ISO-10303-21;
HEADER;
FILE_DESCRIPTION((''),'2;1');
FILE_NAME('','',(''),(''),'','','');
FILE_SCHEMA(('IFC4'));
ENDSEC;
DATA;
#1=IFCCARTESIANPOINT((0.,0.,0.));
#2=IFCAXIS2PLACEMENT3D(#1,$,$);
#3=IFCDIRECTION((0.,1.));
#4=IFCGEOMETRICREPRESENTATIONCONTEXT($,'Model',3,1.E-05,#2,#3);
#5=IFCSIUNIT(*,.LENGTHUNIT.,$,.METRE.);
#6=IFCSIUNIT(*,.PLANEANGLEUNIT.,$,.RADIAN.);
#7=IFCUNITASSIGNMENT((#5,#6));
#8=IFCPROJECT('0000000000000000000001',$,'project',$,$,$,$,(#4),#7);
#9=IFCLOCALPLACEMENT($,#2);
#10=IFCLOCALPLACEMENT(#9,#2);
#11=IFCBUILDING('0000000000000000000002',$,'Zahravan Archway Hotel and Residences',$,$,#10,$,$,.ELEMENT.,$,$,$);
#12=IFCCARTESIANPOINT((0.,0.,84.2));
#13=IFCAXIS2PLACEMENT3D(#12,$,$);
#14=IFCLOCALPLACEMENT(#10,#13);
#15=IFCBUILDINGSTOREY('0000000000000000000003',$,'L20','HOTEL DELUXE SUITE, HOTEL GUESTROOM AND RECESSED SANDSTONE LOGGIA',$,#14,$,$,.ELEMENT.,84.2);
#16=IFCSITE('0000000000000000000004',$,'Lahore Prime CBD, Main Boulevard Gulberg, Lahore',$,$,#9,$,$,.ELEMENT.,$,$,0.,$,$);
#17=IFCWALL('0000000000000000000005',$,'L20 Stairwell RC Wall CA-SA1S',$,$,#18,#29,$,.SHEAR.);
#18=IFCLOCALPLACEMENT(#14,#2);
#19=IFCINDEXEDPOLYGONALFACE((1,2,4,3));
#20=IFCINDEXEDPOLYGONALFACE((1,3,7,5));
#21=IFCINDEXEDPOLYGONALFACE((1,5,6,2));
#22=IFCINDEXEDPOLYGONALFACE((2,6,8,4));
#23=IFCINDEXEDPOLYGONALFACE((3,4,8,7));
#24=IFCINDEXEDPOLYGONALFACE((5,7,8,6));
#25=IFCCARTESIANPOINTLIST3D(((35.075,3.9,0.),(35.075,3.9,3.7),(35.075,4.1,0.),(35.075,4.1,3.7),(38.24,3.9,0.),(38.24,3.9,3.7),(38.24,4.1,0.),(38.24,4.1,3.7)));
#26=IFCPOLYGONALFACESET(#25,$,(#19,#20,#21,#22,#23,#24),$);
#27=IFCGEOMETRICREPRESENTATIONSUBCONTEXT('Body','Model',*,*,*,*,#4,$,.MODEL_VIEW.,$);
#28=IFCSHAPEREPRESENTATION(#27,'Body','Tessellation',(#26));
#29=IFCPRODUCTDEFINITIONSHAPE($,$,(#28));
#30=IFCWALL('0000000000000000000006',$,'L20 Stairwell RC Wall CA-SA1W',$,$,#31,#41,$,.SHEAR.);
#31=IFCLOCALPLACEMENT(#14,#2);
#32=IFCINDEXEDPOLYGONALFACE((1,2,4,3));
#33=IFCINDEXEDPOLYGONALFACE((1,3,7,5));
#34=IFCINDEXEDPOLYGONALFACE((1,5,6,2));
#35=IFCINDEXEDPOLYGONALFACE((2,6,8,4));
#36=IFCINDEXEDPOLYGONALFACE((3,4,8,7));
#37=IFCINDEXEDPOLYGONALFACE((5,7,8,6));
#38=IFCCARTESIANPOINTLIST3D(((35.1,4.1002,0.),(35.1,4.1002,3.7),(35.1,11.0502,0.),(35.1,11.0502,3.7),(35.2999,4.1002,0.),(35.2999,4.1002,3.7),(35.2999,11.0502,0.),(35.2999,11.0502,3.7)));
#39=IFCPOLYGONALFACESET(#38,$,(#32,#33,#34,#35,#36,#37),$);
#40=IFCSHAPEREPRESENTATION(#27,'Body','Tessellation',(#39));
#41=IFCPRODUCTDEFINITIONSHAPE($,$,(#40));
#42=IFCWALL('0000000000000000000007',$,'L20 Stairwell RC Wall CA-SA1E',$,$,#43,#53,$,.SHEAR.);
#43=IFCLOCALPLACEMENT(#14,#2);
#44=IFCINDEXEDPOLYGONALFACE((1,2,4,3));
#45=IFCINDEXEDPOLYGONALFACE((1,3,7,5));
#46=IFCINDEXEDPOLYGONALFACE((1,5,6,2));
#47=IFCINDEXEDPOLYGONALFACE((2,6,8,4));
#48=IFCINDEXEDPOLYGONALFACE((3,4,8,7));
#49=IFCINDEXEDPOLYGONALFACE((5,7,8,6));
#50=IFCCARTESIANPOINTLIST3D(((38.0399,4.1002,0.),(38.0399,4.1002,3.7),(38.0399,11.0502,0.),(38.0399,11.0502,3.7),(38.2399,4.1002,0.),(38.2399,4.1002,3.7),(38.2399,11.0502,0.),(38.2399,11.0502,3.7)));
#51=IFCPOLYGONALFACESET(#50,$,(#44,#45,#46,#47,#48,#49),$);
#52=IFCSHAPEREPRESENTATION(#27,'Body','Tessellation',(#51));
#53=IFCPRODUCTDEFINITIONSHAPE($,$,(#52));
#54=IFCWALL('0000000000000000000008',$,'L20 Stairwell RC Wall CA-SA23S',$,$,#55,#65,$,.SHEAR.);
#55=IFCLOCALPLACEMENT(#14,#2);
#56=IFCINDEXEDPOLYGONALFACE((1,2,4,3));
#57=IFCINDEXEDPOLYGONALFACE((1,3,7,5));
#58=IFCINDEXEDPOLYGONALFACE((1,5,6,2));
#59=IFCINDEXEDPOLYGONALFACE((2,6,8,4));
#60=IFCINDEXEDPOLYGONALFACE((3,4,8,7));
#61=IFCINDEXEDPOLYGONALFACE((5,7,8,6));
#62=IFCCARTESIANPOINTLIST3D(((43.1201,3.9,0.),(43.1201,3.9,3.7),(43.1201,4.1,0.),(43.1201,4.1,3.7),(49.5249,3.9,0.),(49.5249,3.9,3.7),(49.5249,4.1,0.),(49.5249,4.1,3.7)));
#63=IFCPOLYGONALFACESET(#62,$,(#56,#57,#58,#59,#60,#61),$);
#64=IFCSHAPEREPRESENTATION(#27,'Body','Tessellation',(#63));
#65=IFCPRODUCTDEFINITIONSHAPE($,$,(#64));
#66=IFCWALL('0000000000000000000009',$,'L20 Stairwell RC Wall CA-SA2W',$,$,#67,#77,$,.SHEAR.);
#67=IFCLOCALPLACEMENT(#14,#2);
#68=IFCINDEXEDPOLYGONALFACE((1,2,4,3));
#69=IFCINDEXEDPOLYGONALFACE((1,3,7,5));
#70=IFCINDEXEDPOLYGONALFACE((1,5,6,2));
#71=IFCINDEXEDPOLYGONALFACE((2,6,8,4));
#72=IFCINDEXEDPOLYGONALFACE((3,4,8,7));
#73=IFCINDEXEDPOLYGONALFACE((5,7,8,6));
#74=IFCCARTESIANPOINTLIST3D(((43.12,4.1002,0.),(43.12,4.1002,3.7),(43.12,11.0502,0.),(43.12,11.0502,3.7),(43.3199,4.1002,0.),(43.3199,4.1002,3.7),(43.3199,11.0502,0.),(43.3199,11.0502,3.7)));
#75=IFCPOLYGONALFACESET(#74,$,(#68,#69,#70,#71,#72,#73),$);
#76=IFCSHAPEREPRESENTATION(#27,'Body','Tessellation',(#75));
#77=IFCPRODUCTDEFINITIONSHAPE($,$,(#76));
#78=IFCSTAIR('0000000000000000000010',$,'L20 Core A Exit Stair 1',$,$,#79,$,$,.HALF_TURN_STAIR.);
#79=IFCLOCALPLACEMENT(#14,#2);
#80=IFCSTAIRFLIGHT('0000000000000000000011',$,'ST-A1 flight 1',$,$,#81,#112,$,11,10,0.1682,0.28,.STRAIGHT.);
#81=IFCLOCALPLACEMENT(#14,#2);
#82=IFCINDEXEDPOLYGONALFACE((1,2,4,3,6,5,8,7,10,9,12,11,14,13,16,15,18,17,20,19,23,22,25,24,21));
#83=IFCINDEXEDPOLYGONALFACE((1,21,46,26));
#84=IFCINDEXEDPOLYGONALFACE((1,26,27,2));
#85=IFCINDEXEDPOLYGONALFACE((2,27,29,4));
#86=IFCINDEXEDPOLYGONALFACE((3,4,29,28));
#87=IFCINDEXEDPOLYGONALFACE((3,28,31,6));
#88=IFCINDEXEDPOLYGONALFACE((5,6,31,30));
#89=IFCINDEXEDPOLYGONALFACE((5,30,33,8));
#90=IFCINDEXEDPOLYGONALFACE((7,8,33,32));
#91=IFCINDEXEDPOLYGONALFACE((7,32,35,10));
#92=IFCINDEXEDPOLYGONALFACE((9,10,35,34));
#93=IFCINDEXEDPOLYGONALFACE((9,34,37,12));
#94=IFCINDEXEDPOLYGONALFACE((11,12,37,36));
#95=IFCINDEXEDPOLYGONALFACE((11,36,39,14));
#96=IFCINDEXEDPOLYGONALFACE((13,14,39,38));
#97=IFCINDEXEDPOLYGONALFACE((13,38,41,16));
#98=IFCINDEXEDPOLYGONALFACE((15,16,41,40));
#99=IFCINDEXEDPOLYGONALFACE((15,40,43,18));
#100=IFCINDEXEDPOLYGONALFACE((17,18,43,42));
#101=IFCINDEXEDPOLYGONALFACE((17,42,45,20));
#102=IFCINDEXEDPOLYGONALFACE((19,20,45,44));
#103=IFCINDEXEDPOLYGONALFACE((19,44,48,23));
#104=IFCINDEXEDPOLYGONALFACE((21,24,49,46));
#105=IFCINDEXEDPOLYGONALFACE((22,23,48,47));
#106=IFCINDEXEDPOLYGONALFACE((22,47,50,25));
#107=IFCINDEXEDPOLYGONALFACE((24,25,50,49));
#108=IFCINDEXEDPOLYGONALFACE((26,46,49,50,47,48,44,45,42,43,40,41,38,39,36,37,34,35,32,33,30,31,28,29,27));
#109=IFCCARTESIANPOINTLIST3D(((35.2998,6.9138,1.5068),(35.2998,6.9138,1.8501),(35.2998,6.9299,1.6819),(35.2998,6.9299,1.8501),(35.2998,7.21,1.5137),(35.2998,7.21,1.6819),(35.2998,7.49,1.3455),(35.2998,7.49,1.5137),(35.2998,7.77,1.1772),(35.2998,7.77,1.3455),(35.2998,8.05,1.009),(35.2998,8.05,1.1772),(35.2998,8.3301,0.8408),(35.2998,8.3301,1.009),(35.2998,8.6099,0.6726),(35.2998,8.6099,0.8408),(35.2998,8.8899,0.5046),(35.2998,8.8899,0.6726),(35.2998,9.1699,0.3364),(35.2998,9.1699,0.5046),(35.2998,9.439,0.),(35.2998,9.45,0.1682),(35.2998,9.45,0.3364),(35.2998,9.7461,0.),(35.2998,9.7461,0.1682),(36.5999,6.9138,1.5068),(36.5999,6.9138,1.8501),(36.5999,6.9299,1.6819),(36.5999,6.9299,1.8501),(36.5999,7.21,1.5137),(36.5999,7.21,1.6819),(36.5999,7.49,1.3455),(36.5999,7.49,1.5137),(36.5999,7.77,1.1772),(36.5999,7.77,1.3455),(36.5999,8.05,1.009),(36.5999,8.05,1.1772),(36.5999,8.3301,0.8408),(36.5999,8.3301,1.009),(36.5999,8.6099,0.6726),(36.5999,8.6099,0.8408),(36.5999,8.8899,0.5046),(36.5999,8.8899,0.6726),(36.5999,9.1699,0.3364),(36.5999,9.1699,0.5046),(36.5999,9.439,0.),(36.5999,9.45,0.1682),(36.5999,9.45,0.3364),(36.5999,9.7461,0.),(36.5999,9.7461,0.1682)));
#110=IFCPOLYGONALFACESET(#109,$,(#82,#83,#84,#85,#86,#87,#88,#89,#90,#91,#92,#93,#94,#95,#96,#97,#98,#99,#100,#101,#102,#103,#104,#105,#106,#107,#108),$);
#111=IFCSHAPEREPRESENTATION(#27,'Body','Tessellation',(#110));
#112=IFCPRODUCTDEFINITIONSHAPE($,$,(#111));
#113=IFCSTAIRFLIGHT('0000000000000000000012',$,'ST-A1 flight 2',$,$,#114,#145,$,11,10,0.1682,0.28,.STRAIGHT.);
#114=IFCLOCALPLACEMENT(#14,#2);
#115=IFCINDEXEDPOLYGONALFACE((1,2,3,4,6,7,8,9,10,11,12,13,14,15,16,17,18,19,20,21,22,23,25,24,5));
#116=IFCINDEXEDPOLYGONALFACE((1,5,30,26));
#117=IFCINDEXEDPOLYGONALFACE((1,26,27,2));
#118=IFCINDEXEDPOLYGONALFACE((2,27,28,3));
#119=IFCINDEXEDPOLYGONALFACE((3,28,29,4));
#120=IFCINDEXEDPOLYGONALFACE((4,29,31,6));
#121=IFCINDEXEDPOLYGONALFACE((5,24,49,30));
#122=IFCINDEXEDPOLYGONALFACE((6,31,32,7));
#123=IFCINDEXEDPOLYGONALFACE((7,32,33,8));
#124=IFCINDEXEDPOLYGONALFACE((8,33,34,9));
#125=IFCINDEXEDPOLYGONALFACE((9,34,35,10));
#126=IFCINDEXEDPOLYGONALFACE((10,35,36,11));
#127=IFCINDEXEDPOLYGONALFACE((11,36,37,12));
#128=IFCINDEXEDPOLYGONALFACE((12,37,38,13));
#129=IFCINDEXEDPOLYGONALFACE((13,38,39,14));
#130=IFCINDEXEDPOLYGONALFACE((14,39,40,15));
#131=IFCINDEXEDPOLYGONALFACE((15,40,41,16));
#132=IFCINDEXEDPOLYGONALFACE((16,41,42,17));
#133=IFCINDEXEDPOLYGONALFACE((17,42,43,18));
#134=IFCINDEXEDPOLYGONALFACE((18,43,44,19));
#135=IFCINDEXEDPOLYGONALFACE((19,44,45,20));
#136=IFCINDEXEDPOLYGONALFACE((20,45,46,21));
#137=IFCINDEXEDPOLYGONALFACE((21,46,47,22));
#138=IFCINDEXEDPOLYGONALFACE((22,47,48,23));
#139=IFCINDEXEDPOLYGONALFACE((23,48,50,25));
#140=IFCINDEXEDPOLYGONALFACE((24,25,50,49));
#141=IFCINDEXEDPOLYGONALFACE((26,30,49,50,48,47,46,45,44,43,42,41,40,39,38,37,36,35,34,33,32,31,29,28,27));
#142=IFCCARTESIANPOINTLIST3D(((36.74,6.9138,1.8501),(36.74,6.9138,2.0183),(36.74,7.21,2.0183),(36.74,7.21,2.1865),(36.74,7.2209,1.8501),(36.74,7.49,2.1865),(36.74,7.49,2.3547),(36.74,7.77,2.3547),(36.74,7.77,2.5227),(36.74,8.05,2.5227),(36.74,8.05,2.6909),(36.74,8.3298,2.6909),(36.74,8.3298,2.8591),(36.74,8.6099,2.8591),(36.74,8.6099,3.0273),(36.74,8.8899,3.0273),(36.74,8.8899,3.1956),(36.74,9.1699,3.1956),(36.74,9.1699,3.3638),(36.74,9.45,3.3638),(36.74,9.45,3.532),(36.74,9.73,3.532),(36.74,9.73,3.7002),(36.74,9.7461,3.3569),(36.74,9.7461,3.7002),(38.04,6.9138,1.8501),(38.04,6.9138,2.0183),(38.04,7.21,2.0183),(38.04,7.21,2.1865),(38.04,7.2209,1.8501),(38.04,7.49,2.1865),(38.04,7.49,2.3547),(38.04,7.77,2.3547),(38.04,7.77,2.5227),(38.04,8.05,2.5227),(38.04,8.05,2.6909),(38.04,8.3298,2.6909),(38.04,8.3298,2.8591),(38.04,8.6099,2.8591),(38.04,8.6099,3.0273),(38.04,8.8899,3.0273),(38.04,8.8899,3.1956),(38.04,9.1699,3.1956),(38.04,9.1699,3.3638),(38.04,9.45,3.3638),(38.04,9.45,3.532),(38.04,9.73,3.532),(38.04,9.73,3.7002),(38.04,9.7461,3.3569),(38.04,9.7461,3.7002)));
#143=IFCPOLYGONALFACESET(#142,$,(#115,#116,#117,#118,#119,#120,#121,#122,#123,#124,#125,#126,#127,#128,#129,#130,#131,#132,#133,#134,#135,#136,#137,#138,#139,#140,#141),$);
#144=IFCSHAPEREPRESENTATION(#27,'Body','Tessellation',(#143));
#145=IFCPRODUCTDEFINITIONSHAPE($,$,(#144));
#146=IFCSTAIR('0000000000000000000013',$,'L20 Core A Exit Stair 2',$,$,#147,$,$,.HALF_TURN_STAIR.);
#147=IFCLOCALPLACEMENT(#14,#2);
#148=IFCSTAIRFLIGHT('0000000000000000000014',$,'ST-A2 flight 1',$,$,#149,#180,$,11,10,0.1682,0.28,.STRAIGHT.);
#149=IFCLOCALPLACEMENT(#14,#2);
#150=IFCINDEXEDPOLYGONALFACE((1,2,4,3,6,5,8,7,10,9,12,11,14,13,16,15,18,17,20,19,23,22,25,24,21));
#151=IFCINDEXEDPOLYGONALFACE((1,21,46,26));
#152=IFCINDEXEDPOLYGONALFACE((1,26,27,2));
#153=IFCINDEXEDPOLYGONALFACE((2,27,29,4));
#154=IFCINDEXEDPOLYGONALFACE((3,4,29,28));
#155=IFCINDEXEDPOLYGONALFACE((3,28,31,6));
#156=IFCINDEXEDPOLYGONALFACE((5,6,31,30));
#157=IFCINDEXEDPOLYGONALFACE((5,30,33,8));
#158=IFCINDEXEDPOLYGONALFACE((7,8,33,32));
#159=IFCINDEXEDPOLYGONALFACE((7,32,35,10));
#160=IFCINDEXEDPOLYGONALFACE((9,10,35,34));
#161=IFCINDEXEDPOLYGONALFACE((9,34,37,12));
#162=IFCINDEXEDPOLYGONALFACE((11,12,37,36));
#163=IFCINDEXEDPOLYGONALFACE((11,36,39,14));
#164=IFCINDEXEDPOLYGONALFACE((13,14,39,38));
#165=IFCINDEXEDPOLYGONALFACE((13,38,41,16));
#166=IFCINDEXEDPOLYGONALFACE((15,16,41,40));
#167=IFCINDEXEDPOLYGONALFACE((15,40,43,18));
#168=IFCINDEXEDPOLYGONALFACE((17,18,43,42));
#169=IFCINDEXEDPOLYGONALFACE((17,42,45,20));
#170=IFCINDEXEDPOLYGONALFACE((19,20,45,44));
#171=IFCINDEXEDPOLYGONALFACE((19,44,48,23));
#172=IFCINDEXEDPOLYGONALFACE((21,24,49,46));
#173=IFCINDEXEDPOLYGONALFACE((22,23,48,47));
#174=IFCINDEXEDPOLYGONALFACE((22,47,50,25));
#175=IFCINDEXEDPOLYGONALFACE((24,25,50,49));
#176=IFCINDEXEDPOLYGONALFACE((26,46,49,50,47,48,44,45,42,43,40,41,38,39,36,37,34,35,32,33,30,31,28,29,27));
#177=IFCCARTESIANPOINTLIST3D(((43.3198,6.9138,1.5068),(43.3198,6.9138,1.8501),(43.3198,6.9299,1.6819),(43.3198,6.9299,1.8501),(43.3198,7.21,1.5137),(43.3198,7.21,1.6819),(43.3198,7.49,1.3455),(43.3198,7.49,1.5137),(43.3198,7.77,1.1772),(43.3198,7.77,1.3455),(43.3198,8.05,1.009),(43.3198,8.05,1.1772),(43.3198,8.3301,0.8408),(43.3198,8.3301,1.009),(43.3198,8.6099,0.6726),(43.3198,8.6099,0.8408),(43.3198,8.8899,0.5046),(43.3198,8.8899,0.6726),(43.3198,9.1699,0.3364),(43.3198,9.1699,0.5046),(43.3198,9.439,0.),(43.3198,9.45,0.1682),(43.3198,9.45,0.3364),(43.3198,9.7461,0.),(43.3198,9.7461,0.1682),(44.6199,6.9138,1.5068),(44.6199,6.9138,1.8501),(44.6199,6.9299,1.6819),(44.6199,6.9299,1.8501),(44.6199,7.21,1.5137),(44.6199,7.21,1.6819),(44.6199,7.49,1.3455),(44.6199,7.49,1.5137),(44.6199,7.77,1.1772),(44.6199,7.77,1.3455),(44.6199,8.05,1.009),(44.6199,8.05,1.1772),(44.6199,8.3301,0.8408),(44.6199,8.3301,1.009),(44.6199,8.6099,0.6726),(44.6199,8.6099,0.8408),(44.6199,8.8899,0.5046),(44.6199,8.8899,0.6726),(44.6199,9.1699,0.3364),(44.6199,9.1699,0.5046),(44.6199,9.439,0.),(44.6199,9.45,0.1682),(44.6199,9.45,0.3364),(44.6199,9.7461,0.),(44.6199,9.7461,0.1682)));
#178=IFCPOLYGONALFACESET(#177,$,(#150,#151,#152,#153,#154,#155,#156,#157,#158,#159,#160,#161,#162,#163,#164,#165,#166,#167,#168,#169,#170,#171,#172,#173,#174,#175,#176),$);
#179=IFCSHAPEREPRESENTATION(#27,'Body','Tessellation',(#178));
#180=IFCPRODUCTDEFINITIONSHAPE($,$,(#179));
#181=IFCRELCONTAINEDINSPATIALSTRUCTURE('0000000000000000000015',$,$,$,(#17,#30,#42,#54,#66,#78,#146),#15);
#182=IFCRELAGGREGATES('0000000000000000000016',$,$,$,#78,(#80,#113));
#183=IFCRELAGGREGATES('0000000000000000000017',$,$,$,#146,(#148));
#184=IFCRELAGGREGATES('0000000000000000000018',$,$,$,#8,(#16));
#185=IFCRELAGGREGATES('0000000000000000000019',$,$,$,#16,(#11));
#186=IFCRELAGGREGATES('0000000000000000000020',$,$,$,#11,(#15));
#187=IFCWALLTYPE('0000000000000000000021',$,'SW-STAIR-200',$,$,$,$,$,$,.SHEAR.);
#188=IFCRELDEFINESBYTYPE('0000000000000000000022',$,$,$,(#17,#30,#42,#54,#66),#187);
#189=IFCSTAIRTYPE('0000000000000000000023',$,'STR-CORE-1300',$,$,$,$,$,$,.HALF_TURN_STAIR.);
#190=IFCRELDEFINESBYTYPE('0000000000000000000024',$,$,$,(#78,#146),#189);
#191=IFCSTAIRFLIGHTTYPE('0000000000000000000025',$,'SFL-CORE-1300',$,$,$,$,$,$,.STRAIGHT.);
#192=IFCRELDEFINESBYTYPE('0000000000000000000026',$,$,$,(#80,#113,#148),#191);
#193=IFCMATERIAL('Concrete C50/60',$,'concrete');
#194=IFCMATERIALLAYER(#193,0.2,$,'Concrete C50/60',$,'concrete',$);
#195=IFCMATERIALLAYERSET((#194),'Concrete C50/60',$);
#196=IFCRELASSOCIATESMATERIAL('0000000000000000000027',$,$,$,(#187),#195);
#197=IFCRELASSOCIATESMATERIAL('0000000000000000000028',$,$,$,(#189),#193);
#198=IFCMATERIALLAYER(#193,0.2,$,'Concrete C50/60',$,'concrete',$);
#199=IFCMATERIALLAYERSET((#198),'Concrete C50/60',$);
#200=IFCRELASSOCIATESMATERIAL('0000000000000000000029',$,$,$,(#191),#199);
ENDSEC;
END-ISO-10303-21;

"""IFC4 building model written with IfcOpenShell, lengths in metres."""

from ifc_helpers import new_model, si_unit, direction, frame, frame_2d, origin, place, context, subcontext, project, spatial, polyline, rectangle, outline, extrude, source, transform, mapped, material, layer, layer_set, type_object, element, aggregate, save


model = new_model("IFC4")

# Units and contexts
model_context = context("Model", 3, precision=1e-05, world=origin(), true_north=direction((0.0, 1.0)))
body_context = subcontext(model_context, "Body", "Model", "MODEL_VIEW")
ifc_project = project(units=[si_unit("LENGTHUNIT", "METRE"), si_unit("PLANEANGLEUNIT", "RADIAN")], contexts=[model_context])

# Site, building, storey
site_placement = place(None, origin())
site = spatial("IfcSite", under=ifc_project, at=site_placement, Name="Lahore Prime CBD, Main Boulevard Gulberg, Lahore", CompositionType="ELEMENT", RefElevation=0.0)
building_placement = place(site_placement, origin())
building = spatial("IfcBuilding", under=site, at=building_placement, Name="Zahravan Archway Hotel and Residences", CompositionType="ELEMENT")
storey_placement = place(building_placement, frame((0.0, 0.0, 84.2)))
storey = spatial("IfcBuildingStorey", under=building, at=storey_placement, Name="L20", Description="HOTEL DELUXE SUITE, HOTEL GUESTROOM AND RECESSED SANDSTONE LOGGIA", CompositionType="ELEMENT", Elevation=84.2)

# Walls
ifc_material_1 = material(Name="Concrete C50/60", Category="concrete")
ifc_layer_1 = layer(ifc_material_1, 0.2, Name="Concrete C50/60", Category="concrete")
ifc_layer_set_1 = layer_set([ifc_layer_1], Name="Concrete C50/60")
wall_type_1 = type_object("IfcWallType", Name="SW-STAIR-200", PredefinedType="SHEAR", material=ifc_layer_set_1)
wall_1_placement = place(storey_placement, frame((35.075, 4.0, 0.0), z_axis=(0.0, 0.0, 1.0), x_axis=(1.0, 0.0, 0.0)))
element("IfcWall", 1, at=wall_1_placement, inside=storey, type_object=wall_type_1, Name="L20 Stairwell RC Wall CA-SA1S", PredefinedType="SHEAR", context=body_context, shape_type="SweptSolid", body=[
    extrude(rectangle(XDim=3.165, YDim=0.2, at=frame_2d((1.5825, 0.0))), origin(), (0.0, 0.0, 1.0), 3.7),
])
for number, where, z_axis, x_axis, name in (
    (2, (35.2, 4.1001, 0.0), (0.0, 0.0, 1.0), (0.0, 1.0, 0.0), "L20 Stairwell RC Wall CA-SA1W"),
    (3, (38.1399, 4.1001, 0.0), (0.0, 0.0, 1.0), (0.0, 1.0, 0.0), "L20 Stairwell RC Wall CA-SA1E"),
):
    element("IfcWall", number, at=place(storey_placement, frame(where, z_axis=z_axis, x_axis=x_axis)), inside=storey, type_object=wall_type_1, Name=name, PredefinedType="SHEAR", context=body_context, shape_type="SweptSolid", body=[
        extrude(rectangle(XDim=6.95, YDim=0.2, at=frame_2d((3.4751, 0.0))), origin(), (0.0, 0.0, 1.0), 3.7),
    ])
wall_2_placement = place(storey_placement, frame((43.1201, 4.0, 0.0), z_axis=(0.0, 0.0, 1.0), x_axis=(1.0, 0.0, 0.0)))
element("IfcWall", 4, at=wall_2_placement, inside=storey, type_object=wall_type_1, Name="L20 Stairwell RC Wall CA-SA23S", PredefinedType="SHEAR", context=body_context, shape_type="SweptSolid", body=[
    extrude(rectangle(XDim=6.4048, YDim=0.2, at=frame_2d((3.2024, 0.0))), origin(), (0.0, 0.0, 1.0), 3.7),
])
wall_3_placement = place(storey_placement, frame((43.22, 4.1001, 0.0), z_axis=(0.0, 0.0, 1.0), x_axis=(0.0, 1.0, 0.0)))
element("IfcWall", 5, at=wall_3_placement, inside=storey, type_object=wall_type_1, Name="L20 Stairwell RC Wall CA-SA2W", PredefinedType="SHEAR", context=body_context, shape_type="SweptSolid", body=[
    extrude(rectangle(XDim=6.95, YDim=0.2, at=frame_2d((3.4751, 0.0))), origin(), (0.0, 0.0, 1.0), 3.7),
])

# Stair, stair flights
stair_type = type_object("IfcStairType", Name="STR-CORE-1300", PredefinedType="HALF_TURN_STAIR", material=ifc_material_1)
stair_1_placement = place(storey_placement, origin())
stair_1 = element("IfcStair", 6, at=stair_1_placement, inside=storey, type_object=stair_type, Name="L20 Core A Exit Stair 1", PredefinedType="HALF_TURN_STAIR")
ifc_layer_2 = layer(ifc_material_1, 0.2, Name="Concrete C50/60", Category="concrete")
ifc_layer_set_2 = layer_set([ifc_layer_2], Name="Concrete C50/60")
stair_flight_type = type_object("IfcStairFlightType", Name="SFL-CORE-1300", PredefinedType="STRAIGHT", material=ifc_layer_set_2)
shared_shape_1 = source(origin(), body_context, "Body", "SweptSolid", [
    extrude(outline(polyline([(-0.0161, 0.0), (-0.0161, 0.1682), (0.28, 0.1682), (0.28, 0.3364), (0.5601, 0.3364), (0.5601, 0.5046), (0.8401, 0.5046), (0.8401, 0.6726), (1.1201, 0.6726), (1.1201, 0.8408), (1.3999, 0.8408), (1.3999, 1.009), (1.6799, 1.009), (1.6799, 1.1772), (1.96, 1.1772), (1.96, 1.3455), (2.24, 1.3455), (2.24, 1.5137), (2.52, 1.5137), (2.52, 1.6819), (2.8, 1.6819), (2.8, 1.8501), (2.8162, 1.8501), (2.8162, 1.5068), (0.291, 0.0), (-0.0161, 0.0)])), frame((0.0, 0.6499, 0.0), z_axis=(0.0, -1.0, 0.0), x_axis=(1.0, 0.0, 0.0)), (0.0, 0.0, 1.0), 1.3),
])
stair_flight_1_placement = place(storey_placement, frame((35.95, 9.73, 0.0), z_axis=(0.0, 0.0, 1.0), x_axis=(0.0, -1.0, 0.0)))
stair_flight_1 = element("IfcStairFlight", 7, at=stair_flight_1_placement, type_object=stair_flight_type, Name="ST-A1 flight 1", NumberOfRisers=11, NumberOfTreads=10, PredefinedType="STRAIGHT", RiserHeight=0.1682, TreadLength=0.28, context=body_context, shape_type="MappedRepresentation", body=[
    mapped(shared_shape_1, transform((0.0, 0.0, 0.0), scale=1.0)),
])
stair_flight_2_placement = place(storey_placement, frame((37.3899, 6.9299, 1.8501), z_axis=(0.0, 0.0, 1.0), x_axis=(0.0, 1.0, 0.0)))
stair_flight_2 = element("IfcStairFlight", 8, at=stair_flight_2_placement, type_object=stair_flight_type, Name="ST-A1 flight 2", NumberOfRisers=11, NumberOfTreads=10, PredefinedType="STRAIGHT", RiserHeight=0.1682, TreadLength=0.28, context=body_context, shape_type="MappedRepresentation", body=[
    mapped(shared_shape_1, transform((0.0, 0.0, 0.0), scale=1.0)),
])
aggregate(stair_1, [stair_flight_1, stair_flight_2])

# Stair, stair flight
stair_2_placement = place(storey_placement, origin())
stair_2 = element("IfcStair", 9, at=stair_2_placement, inside=storey, type_object=stair_type, Name="L20 Core A Exit Stair 2", PredefinedType="HALF_TURN_STAIR")
stair_flight_3_placement = place(storey_placement, frame((43.97, 9.73, 0.0), z_axis=(0.0, 0.0, 1.0), x_axis=(0.0, -1.0, 0.0)))
stair_flight_3 = element("IfcStairFlight", 10, at=stair_flight_3_placement, type_object=stair_flight_type, Name="ST-A2 flight 1", NumberOfRisers=11, NumberOfTreads=10, PredefinedType="STRAIGHT", RiserHeight=0.1682, TreadLength=0.28, context=body_context, shape_type="MappedRepresentation", body=[
    mapped(shared_shape_1, transform((0.0, 0.0, 0.0), scale=1.0)),
])
aggregate(stair_2, [stair_flight_3])

save(model, "model.ifc")
